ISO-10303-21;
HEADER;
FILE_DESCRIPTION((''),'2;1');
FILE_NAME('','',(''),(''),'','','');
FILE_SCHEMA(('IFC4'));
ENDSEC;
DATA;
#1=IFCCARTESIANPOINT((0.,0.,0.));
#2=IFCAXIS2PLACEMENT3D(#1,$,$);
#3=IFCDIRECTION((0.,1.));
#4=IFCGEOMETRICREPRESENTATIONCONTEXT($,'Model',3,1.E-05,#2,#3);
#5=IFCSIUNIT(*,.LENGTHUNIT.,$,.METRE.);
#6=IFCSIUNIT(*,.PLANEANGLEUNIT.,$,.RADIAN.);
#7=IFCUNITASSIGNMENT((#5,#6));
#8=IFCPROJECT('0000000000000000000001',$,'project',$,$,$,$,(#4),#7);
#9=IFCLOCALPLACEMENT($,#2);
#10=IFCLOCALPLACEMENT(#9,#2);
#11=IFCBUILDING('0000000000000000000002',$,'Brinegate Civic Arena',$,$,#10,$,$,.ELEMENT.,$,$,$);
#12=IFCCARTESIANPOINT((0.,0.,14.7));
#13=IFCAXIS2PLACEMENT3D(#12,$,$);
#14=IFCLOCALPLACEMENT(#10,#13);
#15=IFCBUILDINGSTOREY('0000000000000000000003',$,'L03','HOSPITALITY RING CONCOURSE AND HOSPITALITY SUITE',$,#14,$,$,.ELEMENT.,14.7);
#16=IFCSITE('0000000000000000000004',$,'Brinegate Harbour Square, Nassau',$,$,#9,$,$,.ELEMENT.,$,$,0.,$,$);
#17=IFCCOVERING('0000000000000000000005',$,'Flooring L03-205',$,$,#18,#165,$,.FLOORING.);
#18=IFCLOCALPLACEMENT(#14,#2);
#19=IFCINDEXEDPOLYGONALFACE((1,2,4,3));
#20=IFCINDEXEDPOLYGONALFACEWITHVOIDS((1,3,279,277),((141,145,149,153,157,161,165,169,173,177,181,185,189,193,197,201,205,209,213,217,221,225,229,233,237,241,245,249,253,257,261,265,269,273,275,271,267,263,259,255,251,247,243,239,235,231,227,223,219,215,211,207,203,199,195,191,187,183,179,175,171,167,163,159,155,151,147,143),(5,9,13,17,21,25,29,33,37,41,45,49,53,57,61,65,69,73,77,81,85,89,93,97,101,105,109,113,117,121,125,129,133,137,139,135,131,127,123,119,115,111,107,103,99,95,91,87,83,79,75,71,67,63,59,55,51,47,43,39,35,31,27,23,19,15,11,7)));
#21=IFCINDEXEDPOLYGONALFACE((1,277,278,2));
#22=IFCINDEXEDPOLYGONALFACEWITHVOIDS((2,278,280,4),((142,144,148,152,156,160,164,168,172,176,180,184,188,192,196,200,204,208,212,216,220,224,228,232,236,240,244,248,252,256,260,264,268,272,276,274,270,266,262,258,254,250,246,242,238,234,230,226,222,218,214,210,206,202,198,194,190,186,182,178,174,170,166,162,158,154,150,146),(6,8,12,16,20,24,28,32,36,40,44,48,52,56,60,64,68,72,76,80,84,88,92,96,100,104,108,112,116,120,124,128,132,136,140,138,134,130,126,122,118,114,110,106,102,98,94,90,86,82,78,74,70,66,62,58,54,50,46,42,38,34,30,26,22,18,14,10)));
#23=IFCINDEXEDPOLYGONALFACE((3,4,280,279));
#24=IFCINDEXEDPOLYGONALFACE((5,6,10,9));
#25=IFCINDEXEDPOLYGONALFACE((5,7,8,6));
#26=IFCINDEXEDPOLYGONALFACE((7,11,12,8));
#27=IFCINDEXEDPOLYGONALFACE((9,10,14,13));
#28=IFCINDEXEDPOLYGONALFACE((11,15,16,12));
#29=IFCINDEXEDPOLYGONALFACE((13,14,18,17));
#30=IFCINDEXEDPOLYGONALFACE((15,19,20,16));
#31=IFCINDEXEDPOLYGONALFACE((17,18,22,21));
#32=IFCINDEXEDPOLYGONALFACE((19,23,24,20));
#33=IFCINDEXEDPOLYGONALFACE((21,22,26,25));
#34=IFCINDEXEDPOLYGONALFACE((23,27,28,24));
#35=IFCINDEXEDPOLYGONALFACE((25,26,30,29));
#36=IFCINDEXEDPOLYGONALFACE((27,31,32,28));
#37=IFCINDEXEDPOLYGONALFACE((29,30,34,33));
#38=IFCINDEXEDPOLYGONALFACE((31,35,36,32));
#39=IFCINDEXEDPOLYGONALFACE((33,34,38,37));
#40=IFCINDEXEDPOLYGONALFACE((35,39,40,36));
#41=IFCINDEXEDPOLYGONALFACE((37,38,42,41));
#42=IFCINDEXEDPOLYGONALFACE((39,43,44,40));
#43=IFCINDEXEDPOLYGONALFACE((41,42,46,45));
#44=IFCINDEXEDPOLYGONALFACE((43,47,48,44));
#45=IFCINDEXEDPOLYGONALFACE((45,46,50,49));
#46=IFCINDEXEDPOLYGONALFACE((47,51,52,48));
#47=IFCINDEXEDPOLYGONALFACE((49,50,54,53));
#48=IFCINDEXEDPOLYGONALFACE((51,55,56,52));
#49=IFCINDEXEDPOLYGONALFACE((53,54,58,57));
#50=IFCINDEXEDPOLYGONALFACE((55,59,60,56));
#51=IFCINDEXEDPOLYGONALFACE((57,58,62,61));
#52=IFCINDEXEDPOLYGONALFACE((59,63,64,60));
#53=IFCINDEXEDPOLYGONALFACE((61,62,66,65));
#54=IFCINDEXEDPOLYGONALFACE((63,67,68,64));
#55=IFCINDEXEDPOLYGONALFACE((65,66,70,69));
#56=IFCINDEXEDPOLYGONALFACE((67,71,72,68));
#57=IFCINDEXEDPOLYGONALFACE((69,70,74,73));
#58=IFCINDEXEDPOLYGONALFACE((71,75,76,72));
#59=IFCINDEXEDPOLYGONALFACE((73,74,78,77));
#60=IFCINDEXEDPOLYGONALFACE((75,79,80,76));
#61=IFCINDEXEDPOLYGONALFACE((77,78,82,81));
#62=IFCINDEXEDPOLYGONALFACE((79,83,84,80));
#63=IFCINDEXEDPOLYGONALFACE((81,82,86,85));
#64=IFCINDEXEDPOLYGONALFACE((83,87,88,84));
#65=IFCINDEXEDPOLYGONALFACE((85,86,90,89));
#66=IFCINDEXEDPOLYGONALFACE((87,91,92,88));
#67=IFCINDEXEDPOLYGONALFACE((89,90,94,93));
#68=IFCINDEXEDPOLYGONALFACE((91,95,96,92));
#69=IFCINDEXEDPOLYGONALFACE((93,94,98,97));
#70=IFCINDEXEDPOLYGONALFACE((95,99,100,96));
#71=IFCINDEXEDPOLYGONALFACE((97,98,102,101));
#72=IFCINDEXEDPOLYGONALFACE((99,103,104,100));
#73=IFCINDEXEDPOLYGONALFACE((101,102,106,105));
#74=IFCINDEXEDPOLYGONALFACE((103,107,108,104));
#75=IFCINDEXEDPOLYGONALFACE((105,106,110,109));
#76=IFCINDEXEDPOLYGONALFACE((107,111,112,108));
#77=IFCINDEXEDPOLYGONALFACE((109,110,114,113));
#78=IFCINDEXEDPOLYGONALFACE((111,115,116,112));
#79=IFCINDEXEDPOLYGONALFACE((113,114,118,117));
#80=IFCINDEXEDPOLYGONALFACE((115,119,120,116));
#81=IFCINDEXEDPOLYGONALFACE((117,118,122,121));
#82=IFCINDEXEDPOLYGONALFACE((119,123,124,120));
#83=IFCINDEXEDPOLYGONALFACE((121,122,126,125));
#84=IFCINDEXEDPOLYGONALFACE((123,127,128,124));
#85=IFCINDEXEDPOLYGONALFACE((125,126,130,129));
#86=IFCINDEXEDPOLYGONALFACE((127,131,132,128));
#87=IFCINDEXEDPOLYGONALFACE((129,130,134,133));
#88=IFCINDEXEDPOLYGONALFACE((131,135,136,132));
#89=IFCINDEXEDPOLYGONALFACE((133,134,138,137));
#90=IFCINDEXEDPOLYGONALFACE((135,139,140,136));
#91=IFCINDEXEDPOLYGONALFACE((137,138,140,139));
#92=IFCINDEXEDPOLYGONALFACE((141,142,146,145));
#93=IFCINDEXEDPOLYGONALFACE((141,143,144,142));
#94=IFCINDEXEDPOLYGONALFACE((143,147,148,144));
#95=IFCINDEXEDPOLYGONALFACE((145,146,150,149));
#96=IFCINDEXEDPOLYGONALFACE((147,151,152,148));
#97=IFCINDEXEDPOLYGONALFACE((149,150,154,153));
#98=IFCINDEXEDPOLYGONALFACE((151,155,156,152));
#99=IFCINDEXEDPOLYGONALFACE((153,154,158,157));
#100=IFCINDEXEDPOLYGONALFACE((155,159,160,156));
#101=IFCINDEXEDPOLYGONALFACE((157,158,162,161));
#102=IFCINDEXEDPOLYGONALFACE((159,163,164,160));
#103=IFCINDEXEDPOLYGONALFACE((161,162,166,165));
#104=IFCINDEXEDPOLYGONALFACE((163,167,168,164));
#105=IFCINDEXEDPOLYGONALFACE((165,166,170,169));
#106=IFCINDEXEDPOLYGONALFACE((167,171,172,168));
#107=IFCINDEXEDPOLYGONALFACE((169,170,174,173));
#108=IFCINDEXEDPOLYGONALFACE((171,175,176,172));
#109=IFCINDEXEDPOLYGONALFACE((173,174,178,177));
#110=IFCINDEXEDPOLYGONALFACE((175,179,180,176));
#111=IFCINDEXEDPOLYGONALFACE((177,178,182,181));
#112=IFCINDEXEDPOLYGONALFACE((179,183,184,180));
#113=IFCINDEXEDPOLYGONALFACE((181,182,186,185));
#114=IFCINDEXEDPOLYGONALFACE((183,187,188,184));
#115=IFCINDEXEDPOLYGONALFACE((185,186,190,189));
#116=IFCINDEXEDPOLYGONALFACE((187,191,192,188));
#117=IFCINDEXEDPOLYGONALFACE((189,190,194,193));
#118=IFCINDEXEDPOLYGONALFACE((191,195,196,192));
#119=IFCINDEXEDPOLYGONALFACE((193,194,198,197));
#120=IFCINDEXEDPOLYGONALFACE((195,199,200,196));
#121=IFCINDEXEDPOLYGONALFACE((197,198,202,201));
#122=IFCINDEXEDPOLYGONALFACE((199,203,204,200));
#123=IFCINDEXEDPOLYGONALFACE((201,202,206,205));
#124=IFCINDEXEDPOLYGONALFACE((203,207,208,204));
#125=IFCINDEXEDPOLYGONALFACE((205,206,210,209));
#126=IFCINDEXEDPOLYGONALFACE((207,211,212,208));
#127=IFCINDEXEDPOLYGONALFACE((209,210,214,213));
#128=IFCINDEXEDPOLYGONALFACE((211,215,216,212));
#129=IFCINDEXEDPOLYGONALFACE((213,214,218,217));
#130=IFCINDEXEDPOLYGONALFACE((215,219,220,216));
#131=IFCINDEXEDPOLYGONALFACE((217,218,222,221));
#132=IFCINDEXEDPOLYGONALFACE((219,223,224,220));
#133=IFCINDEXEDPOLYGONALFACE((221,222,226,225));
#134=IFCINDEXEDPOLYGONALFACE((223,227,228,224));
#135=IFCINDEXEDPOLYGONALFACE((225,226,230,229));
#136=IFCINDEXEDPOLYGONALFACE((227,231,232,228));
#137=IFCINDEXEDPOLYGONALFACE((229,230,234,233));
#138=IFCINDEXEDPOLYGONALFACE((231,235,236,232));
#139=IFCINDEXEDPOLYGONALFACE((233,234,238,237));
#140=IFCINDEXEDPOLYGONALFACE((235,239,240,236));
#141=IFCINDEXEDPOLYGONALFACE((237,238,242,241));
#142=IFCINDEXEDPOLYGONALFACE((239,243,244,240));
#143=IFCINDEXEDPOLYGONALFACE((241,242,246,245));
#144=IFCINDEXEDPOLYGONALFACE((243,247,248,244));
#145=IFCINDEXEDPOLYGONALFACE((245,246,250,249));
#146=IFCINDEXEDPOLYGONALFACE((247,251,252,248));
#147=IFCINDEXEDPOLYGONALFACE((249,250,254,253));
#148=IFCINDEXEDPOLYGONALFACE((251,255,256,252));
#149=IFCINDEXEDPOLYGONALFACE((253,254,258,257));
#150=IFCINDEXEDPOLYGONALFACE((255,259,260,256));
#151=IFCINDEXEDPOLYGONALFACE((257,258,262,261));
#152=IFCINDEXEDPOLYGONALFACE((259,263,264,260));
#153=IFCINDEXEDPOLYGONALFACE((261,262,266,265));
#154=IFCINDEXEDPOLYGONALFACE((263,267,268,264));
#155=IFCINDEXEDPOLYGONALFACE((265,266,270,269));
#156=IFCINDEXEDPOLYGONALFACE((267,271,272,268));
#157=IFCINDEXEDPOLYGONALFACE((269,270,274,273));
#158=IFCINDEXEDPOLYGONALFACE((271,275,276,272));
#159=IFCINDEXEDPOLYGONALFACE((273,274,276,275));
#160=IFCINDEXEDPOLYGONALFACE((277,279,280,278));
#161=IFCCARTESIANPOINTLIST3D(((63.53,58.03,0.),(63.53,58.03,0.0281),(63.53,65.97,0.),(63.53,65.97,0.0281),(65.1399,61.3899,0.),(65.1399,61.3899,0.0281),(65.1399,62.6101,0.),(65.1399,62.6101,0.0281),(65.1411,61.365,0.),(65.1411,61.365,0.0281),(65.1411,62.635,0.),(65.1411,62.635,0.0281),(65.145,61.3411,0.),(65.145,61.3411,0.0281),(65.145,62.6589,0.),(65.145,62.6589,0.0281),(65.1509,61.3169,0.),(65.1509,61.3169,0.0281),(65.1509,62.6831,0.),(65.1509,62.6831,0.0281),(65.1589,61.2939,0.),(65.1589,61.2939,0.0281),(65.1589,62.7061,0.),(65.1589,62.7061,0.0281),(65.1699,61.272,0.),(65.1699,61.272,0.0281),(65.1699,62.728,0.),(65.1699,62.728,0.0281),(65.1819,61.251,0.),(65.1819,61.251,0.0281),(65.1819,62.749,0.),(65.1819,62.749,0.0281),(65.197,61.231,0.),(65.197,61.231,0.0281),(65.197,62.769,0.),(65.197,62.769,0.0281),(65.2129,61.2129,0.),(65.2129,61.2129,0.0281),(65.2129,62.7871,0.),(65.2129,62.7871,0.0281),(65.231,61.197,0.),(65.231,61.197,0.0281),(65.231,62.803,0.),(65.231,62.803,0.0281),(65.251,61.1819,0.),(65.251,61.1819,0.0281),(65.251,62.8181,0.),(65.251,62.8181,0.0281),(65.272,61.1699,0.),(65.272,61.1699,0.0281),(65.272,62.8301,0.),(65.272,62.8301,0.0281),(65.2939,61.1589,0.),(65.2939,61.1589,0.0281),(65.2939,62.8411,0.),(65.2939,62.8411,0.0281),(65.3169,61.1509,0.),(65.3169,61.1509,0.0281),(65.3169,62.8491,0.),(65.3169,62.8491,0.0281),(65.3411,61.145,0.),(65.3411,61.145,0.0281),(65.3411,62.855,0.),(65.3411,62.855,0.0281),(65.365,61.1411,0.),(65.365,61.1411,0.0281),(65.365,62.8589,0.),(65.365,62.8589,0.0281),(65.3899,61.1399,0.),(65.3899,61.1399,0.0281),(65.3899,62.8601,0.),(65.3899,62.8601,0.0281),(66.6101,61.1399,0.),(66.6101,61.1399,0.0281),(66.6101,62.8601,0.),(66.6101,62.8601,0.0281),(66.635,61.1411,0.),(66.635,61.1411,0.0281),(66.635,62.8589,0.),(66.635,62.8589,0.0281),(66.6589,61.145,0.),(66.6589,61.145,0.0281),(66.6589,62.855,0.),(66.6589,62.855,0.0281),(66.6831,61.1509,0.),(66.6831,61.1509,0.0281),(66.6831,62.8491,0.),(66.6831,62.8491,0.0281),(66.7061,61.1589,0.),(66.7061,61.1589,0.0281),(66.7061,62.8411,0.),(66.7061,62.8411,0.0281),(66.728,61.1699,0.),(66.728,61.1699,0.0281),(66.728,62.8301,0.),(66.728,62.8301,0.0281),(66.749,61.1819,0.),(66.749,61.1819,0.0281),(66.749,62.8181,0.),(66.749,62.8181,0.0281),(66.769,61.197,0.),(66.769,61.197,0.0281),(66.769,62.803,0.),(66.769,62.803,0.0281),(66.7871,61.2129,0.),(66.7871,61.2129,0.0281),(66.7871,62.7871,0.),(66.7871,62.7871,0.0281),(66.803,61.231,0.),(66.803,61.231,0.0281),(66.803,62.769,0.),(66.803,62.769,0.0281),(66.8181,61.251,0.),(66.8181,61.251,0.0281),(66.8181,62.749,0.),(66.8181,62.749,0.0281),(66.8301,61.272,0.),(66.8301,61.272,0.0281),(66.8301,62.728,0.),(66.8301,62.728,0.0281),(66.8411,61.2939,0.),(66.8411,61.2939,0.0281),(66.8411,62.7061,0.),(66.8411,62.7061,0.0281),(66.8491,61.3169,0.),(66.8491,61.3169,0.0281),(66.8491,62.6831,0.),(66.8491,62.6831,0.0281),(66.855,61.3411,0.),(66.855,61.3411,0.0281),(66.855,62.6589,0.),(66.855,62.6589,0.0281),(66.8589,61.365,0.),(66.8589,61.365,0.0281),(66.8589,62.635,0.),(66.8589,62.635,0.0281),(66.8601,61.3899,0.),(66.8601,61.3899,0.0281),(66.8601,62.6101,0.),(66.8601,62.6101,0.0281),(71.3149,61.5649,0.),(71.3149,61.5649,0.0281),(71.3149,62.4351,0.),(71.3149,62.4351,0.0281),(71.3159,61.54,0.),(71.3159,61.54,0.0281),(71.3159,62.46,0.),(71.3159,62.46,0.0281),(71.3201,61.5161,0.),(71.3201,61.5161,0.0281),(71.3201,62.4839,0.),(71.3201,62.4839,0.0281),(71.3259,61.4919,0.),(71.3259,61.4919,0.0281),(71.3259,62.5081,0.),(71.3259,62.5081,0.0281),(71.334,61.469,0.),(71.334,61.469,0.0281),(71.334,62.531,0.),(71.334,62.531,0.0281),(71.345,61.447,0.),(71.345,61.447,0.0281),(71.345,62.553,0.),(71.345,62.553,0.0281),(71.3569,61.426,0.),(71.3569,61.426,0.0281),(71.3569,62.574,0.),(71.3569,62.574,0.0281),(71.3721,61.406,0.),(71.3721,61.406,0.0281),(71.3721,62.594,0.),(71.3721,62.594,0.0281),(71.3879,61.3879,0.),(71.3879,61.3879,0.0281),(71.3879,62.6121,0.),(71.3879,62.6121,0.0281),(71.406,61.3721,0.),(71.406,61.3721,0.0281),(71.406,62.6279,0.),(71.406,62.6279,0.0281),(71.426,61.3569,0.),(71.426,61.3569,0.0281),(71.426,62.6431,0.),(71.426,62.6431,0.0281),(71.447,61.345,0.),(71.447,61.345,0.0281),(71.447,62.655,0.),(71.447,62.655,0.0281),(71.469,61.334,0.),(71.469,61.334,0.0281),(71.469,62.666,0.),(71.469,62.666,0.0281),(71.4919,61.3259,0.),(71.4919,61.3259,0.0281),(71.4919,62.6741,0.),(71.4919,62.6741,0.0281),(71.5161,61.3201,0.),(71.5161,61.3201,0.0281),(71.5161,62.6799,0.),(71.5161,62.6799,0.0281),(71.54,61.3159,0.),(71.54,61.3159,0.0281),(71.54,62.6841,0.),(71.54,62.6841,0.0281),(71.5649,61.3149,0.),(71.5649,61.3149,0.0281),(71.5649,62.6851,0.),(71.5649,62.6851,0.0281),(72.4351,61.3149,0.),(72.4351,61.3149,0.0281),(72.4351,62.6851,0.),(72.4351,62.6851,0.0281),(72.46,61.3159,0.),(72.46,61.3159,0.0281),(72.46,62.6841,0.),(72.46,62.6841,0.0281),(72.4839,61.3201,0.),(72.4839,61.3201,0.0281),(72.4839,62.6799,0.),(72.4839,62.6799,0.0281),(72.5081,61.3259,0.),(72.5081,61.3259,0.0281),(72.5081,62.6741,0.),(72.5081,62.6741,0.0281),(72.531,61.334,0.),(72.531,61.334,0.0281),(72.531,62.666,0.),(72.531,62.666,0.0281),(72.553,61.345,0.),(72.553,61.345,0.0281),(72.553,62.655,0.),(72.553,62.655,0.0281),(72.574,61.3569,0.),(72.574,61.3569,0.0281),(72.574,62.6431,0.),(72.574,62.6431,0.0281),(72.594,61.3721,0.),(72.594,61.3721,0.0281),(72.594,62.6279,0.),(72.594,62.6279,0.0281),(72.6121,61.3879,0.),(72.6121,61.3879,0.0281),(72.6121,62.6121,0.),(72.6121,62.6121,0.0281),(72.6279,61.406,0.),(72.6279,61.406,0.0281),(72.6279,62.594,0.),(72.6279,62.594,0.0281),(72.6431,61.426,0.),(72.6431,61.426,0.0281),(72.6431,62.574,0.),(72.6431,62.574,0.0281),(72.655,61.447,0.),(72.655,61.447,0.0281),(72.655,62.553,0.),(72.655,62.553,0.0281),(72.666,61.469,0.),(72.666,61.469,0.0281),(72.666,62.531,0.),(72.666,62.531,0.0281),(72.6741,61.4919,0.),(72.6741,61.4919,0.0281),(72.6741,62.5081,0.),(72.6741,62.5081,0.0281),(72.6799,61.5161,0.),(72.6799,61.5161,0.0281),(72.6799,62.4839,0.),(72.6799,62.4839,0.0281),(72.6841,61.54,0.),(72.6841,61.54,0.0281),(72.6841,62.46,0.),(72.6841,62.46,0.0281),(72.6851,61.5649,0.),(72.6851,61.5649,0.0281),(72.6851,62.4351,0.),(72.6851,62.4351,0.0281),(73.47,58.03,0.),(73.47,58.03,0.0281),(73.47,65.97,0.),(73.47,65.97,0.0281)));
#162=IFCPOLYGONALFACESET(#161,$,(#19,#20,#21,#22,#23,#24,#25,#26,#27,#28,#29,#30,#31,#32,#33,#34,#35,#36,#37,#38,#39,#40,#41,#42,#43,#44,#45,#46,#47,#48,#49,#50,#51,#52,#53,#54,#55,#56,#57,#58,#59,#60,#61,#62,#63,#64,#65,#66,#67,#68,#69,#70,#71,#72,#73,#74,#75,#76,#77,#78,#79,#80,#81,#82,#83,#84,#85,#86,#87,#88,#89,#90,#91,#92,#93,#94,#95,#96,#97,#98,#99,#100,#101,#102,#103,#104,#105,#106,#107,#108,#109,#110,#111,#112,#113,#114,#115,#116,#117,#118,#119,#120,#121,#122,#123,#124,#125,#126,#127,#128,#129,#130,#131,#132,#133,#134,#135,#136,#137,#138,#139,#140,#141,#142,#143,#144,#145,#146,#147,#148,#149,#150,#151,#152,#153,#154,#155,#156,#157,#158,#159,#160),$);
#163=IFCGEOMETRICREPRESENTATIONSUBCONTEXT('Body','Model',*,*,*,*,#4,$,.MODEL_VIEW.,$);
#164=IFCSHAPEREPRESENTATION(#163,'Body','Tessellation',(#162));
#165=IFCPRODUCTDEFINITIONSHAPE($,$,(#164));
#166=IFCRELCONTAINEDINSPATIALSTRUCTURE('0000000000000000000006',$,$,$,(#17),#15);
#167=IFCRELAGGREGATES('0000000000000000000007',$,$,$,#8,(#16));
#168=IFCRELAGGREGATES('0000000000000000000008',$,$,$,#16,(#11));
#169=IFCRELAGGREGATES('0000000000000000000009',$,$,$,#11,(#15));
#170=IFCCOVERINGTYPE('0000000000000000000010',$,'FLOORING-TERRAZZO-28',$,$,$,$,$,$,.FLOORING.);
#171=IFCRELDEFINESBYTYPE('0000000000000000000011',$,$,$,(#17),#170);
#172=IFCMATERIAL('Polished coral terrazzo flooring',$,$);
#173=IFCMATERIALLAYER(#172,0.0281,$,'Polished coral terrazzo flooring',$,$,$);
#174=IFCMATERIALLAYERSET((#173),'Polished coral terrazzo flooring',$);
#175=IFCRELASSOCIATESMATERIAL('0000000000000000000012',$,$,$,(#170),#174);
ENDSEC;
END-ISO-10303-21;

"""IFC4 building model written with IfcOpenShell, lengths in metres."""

from ifc_helpers import new_model, si_unit, direction, frame, origin, place, context, subcontext, project, spatial, polyline, outline, extrude, material, layer, layer_set, type_object, element, save


model = new_model("IFC4")

# Units and contexts
model_context = context("Model", 3, precision=1e-05, world=origin(), true_north=direction((0.0, 1.0)))
body_context = subcontext(model_context, "Body", "Model", "MODEL_VIEW")
ifc_project = project(units=[si_unit("LENGTHUNIT", "METRE"), si_unit("PLANEANGLEUNIT", "RADIAN")], contexts=[model_context])

# Site, building, storey
site_placement = place(None, origin())
site = spatial("IfcSite", under=ifc_project, at=site_placement, Name="Brinegate Harbour Square, Nassau", CompositionType="ELEMENT", RefElevation=0.0)
building_placement = place(site_placement, origin())
building = spatial("IfcBuilding", under=site, at=building_placement, Name="Brinegate Civic Arena", CompositionType="ELEMENT")
storey_placement = place(building_placement, frame((0.0, 0.0, 14.7)))
storey = spatial("IfcBuildingStorey", under=building, at=storey_placement, Name="L03", Description="HOSPITALITY RING CONCOURSE AND HOSPITALITY SUITE", CompositionType="ELEMENT", Elevation=14.7)

# Covering
ifc_material_1 = material(Name="Polished coral terrazzo flooring")
ifc_layer_1 = layer(ifc_material_1, 0.0281, Name="Polished coral terrazzo flooring")
ifc_layer_set_1 = layer_set([ifc_layer_1], Name="Polished coral terrazzo flooring")
covering_type_1 = type_object("IfcCoveringType", Name="FLOORING-TERRAZZO-28", PredefinedType="FLOORING", material=ifc_layer_set_1)
covering_1_placement = place(storey_placement, origin())
element("IfcCovering", 1, at=covering_1_placement, inside=storey, type_object=covering_type_1, Name="Flooring L03-205", PredefinedType="FLOORING", context=body_context, shape_type="SweptSolid", body=[
    extrude(outline(polyline([(63.53, 58.03), (63.53, 65.97), (73.47, 65.97), (73.47, 58.03), (63.53, 58.03)]), holes=[polyline([(71.5649, 62.6851), (71.54, 62.6841), (71.5161, 62.6799), (71.4919, 62.6741), (71.469, 62.666), (71.447, 62.655), (71.426, 62.6431), (71.406, 62.6279), (71.3879, 62.6121), (71.3721, 62.594), (71.3569, 62.574), (71.345, 62.553), (71.334, 62.531), (71.3259, 62.5081), (71.3201, 62.4839), (71.3159, 62.46), (71.3149, 62.4351), (71.3149, 61.5649), (71.3159, 61.54), (71.3201, 61.5161), (71.3259, 61.4919), (71.334, 61.469), (71.345, 61.447), (71.3569, 61.426), (71.3721, 61.406), (71.3879, 61.3879), (71.406, 61.3721), (71.426, 61.3569), (71.447, 61.345), (71.469, 61.334), (71.4919, 61.3259), (71.5161, 61.3201), (71.54, 61.3159), (71.5649, 61.3149), (72.4351, 61.3149), (72.46, 61.3159), (72.4839, 61.3201), (72.5081, 61.3259), (72.531, 61.334), (72.553, 61.345), (72.574, 61.3569), (72.594, 61.3721), (72.6121, 61.3879), (72.6279, 61.406), (72.6431, 61.426), (72.655, 61.447), (72.666, 61.469), (72.6741, 61.4919), (72.6799, 61.5161), (72.6841, 61.54), (72.6851, 61.5649), (72.6851, 62.4351), (72.6841, 62.46), (72.6799, 62.4839), (72.6741, 62.5081), (72.666, 62.531), (72.655, 62.553), (72.6431, 62.574), (72.6279, 62.594), (72.6121, 62.6121), (72.594, 62.6279), (72.574, 62.6431), (72.553, 62.655), (72.531, 62.666), (72.5081, 62.6741), (72.4839, 62.6799), (72.46, 62.6841), (72.4351, 62.6851), (71.5649, 62.6851)]), polyline([(65.3899, 62.8601), (65.365, 62.8589), (65.3411, 62.855), (65.3169, 62.8491), (65.2939, 62.8411), (65.272, 62.8301), (65.251, 62.8181), (65.231, 62.803), (65.2129, 62.7871), (65.197, 62.769), (65.1819, 62.749), (65.1699, 62.728), (65.1589, 62.7061), (65.1509, 62.6831), (65.145, 62.6589), (65.1411, 62.635), (65.1399, 62.6101), (65.1399, 61.3899), (65.1411, 61.365), (65.145, 61.3411), (65.1509, 61.3169), (65.1589, 61.2939), (65.1699, 61.272), (65.1819, 61.251), (65.197, 61.231), (65.2129, 61.2129), (65.231, 61.197), (65.251, 61.1819), (65.272, 61.1699), (65.2939, 61.1589), (65.3169, 61.1509), (65.3411, 61.145), (65.365, 61.1411), (65.3899, 61.1399), (66.6101, 61.1399), (66.635, 61.1411), (66.6589, 61.145), (66.6831, 61.1509), (66.7061, 61.1589), (66.728, 61.1699), (66.749, 61.1819), (66.769, 61.197), (66.7871, 61.2129), (66.803, 61.231), (66.8181, 61.251), (66.8301, 61.272), (66.8411, 61.2939), (66.8491, 61.3169), (66.855, 61.3411), (66.8589, 61.365), (66.8601, 61.3899), (66.8601, 62.6101), (66.8589, 62.635), (66.855, 62.6589), (66.8491, 62.6831), (66.8411, 62.7061), (66.8301, 62.728), (66.8181, 62.749), (66.803, 62.769), (66.7871, 62.7871), (66.769, 62.803), (66.749, 62.8181), (66.728, 62.8301), (66.7061, 62.8411), (66.6831, 62.8491), (66.6589, 62.855), (66.635, 62.8589), (66.6101, 62.8601), (65.3899, 62.8601)])]), origin(), (0.0, 0.0, 1.0), 0.0281),
])

save(model, "model.ifc")
